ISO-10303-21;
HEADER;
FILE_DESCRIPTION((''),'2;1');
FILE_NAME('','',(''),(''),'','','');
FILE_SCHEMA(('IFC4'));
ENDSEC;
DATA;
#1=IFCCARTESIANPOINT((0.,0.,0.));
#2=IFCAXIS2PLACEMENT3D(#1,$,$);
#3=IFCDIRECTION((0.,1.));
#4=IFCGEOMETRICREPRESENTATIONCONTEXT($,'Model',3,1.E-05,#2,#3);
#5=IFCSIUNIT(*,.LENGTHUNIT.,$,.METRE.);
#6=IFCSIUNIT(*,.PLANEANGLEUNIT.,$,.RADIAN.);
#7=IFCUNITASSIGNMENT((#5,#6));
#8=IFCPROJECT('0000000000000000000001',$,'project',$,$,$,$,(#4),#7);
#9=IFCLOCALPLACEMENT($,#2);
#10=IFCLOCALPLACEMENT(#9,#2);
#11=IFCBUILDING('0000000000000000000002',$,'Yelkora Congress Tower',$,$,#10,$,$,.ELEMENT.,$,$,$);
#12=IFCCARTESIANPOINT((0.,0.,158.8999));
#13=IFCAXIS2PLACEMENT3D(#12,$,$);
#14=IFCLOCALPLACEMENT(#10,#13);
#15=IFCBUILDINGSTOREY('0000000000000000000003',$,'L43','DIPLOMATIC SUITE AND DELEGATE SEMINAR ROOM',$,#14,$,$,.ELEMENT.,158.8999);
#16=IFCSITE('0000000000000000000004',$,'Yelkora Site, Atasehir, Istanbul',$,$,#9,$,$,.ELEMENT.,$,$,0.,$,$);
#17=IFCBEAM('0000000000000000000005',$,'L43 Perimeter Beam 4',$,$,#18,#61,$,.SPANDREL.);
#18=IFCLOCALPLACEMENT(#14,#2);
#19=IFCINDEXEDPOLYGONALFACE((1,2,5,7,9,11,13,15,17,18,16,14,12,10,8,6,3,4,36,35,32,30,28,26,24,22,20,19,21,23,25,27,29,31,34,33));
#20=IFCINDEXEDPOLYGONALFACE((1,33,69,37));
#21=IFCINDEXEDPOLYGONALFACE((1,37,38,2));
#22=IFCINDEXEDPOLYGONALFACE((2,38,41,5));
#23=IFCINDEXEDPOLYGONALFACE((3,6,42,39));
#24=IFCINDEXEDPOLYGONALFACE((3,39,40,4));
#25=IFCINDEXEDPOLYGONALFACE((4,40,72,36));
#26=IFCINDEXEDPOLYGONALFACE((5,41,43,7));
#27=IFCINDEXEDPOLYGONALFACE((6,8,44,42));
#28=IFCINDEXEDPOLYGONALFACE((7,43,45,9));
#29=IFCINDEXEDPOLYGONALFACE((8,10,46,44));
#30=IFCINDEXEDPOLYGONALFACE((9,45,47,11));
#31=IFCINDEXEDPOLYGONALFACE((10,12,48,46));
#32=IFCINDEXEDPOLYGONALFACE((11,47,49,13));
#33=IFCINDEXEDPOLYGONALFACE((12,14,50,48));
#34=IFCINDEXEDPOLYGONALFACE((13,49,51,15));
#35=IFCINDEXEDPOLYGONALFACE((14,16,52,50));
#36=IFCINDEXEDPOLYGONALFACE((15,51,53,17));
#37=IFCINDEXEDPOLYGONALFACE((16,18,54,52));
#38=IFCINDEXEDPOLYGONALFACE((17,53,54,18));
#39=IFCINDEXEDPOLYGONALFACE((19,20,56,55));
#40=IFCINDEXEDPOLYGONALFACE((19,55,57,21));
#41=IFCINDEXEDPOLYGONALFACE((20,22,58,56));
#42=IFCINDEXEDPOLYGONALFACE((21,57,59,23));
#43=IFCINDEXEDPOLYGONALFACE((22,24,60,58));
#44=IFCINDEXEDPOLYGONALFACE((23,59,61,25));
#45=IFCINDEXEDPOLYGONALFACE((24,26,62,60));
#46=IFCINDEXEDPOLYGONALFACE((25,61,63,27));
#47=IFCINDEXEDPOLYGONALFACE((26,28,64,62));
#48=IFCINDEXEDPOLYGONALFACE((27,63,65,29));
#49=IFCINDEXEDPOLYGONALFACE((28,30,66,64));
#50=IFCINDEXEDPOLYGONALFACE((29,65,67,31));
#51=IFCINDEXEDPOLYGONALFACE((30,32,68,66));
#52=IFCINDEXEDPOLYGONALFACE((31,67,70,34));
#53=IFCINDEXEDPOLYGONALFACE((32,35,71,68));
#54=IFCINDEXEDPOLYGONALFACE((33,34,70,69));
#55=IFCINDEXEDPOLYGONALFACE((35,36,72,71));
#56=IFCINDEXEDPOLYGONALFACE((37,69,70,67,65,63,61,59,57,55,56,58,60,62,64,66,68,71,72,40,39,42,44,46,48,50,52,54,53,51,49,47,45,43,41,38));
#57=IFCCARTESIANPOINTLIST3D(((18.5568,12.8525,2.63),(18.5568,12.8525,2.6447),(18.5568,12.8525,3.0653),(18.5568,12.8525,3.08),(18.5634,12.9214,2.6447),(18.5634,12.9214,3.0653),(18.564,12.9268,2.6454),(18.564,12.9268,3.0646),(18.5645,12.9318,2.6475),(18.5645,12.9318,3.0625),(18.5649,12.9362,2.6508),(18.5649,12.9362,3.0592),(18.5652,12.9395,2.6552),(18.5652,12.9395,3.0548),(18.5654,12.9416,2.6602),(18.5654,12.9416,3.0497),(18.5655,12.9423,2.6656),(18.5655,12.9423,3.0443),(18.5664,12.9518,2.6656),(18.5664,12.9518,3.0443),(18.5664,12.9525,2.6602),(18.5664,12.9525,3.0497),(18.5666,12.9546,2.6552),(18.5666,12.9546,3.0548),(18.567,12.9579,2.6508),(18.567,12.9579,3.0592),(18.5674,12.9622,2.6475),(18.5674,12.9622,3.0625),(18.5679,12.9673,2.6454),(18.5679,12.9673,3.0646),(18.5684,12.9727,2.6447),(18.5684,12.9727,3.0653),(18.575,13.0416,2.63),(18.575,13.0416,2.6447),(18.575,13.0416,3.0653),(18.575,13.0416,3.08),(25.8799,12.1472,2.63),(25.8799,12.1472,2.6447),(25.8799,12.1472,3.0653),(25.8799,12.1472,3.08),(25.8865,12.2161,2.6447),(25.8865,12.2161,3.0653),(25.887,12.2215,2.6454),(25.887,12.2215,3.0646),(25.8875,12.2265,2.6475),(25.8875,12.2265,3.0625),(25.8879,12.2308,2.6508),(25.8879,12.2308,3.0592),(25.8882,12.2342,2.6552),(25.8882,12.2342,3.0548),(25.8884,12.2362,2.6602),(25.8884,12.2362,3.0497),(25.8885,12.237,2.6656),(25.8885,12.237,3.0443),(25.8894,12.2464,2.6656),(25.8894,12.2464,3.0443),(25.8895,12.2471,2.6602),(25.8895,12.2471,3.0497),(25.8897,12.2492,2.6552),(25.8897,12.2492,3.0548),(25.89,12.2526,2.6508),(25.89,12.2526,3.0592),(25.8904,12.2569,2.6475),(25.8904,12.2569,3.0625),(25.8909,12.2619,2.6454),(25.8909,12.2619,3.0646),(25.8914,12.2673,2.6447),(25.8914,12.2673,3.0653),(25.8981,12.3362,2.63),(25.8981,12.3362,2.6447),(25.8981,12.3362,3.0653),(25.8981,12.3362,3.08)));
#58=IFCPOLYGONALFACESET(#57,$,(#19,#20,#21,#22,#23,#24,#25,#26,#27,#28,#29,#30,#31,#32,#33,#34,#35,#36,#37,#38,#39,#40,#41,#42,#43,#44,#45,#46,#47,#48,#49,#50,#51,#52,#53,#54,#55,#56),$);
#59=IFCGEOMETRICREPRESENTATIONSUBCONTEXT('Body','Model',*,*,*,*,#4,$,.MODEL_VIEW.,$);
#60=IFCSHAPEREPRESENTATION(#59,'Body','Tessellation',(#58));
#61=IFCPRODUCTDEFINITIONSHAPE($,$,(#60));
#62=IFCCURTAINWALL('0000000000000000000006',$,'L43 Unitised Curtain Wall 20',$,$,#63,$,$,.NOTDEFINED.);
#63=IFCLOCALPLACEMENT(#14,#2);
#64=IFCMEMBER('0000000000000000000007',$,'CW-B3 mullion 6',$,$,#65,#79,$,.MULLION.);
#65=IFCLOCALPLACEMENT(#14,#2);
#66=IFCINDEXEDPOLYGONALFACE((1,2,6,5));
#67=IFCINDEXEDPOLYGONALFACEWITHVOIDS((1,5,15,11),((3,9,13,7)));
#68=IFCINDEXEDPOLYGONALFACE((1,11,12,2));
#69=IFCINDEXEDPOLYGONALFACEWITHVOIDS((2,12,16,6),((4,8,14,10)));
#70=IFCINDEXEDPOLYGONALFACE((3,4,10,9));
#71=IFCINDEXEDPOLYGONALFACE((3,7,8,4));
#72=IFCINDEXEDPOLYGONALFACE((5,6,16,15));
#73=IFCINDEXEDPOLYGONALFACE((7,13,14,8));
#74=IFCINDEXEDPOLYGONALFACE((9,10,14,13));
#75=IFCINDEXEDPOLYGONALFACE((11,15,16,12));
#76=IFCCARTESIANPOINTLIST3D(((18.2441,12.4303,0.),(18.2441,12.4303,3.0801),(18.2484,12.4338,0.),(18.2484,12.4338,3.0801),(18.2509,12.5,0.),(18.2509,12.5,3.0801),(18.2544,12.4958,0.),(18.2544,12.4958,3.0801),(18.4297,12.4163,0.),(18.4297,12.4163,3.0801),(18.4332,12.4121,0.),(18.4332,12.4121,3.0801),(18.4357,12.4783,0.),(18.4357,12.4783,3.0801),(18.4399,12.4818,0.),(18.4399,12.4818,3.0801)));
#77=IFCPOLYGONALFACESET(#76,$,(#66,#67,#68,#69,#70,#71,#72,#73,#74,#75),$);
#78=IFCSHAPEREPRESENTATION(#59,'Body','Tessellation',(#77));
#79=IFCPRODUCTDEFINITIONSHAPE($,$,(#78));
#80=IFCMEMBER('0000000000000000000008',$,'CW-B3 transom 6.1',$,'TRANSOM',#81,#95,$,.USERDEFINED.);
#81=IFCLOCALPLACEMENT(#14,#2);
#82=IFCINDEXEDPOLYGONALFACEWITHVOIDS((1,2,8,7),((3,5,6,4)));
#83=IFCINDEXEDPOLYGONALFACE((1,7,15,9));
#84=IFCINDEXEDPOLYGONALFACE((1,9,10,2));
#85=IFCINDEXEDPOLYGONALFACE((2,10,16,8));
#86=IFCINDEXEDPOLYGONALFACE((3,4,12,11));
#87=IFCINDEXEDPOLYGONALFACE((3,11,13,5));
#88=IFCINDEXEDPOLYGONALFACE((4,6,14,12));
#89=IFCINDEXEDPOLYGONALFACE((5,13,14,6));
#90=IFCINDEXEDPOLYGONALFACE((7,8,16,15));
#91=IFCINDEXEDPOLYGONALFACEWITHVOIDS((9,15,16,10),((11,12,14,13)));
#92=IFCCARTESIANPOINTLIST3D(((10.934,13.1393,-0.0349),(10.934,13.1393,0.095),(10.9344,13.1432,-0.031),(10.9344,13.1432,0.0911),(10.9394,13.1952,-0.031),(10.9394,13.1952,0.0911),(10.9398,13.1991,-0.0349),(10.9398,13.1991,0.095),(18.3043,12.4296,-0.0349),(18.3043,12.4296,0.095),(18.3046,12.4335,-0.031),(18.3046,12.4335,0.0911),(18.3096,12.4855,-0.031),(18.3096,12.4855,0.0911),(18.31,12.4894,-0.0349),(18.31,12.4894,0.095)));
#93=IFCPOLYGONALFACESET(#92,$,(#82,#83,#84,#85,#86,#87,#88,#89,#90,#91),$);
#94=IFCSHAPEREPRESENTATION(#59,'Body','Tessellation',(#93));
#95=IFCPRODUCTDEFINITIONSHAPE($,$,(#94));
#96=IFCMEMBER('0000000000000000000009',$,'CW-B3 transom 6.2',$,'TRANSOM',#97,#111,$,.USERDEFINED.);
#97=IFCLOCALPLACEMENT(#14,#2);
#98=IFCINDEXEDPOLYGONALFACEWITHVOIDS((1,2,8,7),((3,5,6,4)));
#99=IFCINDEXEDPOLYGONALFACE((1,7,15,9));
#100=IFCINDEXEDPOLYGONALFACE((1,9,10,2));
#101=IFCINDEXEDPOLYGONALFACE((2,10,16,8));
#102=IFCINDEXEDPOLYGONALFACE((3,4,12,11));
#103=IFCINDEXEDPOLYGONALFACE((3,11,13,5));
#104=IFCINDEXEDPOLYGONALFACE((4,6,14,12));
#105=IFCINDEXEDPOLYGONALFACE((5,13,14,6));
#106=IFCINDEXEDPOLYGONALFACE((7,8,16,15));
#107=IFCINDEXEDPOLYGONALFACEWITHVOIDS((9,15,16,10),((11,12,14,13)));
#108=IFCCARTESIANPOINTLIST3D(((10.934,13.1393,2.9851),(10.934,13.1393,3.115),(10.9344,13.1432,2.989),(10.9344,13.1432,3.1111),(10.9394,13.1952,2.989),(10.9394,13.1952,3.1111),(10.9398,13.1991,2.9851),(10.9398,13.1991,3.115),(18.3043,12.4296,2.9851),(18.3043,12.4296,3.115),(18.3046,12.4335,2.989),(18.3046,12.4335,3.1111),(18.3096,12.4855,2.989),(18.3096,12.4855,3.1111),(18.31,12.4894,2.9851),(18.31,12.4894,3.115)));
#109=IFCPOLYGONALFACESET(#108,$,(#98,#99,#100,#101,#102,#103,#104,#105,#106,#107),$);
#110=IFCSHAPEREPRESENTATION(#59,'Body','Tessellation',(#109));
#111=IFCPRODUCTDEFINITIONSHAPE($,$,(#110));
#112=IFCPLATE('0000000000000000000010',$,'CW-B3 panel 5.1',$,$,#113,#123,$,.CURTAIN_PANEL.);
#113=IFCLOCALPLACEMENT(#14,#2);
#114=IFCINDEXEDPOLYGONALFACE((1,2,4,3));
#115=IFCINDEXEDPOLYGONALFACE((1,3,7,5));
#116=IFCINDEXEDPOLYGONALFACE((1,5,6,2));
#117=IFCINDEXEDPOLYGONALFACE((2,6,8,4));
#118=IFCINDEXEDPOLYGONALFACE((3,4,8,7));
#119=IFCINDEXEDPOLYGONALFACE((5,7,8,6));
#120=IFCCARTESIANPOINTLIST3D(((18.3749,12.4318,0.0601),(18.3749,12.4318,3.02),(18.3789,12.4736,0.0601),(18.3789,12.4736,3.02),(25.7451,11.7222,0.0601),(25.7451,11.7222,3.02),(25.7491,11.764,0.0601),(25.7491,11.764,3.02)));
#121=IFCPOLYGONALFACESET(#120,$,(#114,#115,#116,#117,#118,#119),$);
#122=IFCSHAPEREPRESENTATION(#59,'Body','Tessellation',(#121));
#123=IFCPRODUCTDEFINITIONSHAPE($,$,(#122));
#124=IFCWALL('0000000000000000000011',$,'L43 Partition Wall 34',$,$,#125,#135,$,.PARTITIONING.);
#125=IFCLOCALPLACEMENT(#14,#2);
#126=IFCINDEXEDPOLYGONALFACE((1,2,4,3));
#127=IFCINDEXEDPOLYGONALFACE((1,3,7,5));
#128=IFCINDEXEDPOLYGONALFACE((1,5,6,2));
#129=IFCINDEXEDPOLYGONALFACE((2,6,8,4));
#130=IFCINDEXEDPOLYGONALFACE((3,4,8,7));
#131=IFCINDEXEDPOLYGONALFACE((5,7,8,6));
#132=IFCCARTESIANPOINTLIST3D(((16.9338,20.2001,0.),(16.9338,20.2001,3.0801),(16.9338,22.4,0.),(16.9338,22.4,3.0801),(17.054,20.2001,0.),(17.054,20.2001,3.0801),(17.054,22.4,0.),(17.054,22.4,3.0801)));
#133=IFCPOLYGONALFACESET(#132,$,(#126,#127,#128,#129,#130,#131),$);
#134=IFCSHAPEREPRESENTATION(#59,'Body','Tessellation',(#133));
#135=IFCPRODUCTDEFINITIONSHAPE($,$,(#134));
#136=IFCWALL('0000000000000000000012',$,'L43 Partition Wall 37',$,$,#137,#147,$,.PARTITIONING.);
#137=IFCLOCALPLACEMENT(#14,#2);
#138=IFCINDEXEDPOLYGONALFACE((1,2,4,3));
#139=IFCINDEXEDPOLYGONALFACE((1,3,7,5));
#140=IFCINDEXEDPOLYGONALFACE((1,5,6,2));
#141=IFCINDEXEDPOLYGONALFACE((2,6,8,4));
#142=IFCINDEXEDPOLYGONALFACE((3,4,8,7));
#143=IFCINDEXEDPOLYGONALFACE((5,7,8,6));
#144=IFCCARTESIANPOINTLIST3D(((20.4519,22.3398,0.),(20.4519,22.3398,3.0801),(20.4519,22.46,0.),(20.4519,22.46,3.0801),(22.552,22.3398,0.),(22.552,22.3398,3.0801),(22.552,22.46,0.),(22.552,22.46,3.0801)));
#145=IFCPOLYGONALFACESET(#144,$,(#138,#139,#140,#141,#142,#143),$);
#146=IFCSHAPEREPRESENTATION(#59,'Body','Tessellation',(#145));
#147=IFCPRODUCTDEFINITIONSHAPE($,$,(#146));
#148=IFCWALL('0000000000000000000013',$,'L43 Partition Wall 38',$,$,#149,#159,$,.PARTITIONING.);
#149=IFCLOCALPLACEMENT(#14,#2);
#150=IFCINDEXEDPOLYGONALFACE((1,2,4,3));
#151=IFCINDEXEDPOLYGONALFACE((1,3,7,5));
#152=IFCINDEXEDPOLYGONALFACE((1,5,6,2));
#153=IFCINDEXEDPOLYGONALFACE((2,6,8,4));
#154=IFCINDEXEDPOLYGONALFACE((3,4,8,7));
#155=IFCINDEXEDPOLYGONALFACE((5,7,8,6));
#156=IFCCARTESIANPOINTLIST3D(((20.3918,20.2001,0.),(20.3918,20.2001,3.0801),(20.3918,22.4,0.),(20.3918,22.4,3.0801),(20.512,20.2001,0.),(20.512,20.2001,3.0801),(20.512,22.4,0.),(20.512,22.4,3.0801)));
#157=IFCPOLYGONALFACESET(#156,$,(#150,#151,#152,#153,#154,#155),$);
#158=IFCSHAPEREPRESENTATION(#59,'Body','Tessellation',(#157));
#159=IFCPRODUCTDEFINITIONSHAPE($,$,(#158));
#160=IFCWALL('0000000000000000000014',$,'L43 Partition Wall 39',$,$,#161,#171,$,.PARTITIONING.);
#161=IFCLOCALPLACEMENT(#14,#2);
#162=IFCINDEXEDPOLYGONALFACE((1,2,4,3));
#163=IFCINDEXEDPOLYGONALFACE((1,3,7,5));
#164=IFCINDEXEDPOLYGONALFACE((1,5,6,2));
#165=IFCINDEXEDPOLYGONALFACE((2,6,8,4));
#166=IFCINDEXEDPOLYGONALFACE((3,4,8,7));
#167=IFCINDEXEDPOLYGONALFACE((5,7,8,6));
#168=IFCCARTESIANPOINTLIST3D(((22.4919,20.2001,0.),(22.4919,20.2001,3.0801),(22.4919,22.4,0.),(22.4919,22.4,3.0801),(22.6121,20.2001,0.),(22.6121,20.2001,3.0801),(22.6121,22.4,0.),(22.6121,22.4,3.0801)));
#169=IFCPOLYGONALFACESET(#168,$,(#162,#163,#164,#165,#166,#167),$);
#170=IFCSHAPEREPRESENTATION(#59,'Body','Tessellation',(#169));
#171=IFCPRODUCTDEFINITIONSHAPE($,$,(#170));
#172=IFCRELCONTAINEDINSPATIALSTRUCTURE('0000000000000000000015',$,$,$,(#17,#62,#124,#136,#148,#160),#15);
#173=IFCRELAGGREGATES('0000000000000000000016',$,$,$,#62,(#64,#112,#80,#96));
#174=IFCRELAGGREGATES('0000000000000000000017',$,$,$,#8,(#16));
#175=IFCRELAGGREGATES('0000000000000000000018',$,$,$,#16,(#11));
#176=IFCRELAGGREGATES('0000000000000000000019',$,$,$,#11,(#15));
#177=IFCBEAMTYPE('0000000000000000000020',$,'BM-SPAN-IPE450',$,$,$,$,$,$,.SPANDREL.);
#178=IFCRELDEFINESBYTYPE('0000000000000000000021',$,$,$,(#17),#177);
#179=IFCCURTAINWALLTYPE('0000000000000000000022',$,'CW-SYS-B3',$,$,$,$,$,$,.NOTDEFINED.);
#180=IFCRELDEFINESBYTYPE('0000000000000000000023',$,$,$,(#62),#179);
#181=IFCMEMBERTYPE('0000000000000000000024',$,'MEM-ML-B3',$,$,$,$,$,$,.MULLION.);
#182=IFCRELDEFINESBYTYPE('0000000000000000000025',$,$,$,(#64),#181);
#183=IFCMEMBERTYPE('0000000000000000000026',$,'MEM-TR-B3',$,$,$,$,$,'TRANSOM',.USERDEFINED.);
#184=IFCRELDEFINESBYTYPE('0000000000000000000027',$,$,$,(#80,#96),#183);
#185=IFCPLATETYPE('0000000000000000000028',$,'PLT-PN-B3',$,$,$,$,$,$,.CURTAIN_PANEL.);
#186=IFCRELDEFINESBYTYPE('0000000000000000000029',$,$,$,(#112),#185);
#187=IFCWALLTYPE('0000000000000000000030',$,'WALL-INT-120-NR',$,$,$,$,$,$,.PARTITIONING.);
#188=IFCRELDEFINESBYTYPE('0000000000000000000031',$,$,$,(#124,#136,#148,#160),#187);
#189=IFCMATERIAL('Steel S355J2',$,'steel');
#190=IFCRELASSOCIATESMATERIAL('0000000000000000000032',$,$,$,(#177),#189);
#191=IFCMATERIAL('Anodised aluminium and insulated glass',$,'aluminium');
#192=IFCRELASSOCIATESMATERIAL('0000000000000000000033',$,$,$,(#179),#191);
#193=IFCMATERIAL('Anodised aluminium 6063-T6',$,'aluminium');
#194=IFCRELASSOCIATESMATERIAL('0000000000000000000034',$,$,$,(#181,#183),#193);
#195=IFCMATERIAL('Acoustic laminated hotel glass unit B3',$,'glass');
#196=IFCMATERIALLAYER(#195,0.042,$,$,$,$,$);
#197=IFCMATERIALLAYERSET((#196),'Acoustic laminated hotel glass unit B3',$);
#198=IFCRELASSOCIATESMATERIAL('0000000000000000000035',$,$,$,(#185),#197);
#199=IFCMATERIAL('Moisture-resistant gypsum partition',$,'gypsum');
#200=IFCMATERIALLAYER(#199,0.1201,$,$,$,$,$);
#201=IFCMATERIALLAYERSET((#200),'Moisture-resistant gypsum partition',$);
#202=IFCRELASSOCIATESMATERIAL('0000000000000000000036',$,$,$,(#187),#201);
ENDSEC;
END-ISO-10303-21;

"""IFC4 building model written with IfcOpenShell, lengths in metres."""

from ifc_helpers import new_model, si_unit, direction, frame, frame_2d, origin, origin_2d, place, context, subcontext, project, spatial, rectangle, hollow_rectangle, i_section, extrude, material, layer, layer_set, material_profile, profile_set, type_object, element, aggregate, save


model = new_model("IFC4")

# Units and contexts
model_context = context("Model", 3, precision=1e-05, world=origin(), true_north=direction((0.0, 1.0)))
body_context = subcontext(model_context, "Body", "Model", "MODEL_VIEW")
ifc_project = project(units=[si_unit("LENGTHUNIT", "METRE"), si_unit("PLANEANGLEUNIT", "RADIAN")], contexts=[model_context])

# Site, building, storey
site_placement = place(None, origin())
site = spatial("IfcSite", under=ifc_project, at=site_placement, Name="Yelkora Site, Atasehir, Istanbul", CompositionType="ELEMENT", RefElevation=0.0)
building_placement = place(site_placement, origin())
building = spatial("IfcBuilding", under=site, at=building_placement, Name="Yelkora Congress Tower", CompositionType="ELEMENT")
storey_placement = place(building_placement, frame((0.0, 0.0, 158.8999)))
storey = spatial("IfcBuildingStorey", under=building, at=storey_placement, Name="L43", Description="DIPLOMATIC SUITE AND DELEGATE SEMINAR ROOM", CompositionType="ELEMENT", Elevation=158.8999)

# Beam
ifc_material_1 = material(Name="Steel S355J2", Category="steel")
ifc_material_profile_1 = material_profile(ifc_material_1, i_section(OverallWidth=0.1899, OverallDepth=0.45, WebThickness=0.0095, FlangeThickness=0.0146, FilletRadius=0.021, at=origin_2d()), Name="IPE 450")
ifc_profile_set_1 = profile_set([ifc_material_profile_1], Name="Steel S355J2")
beam_type_1 = type_object("IfcBeamType", Name="BM-SPAN-IPE450", PredefinedType="SPANDREL", material=ifc_profile_set_1)
beam_1_placement = place(storey_placement, frame((18.5659, 12.947, 2.855), z_axis=(0.995394, -0.095872, 0.0), x_axis=(0.095872, 0.995394, 0.0)))
element("IfcBeam", 1, at=beam_1_placement, inside=storey, type_object=beam_type_1, Name="L43 Perimeter Beam 4", PredefinedType="SPANDREL", context=body_context, shape_type="SweptSolid", body=[
    extrude(i_section(OverallWidth=0.1899, OverallDepth=0.45, WebThickness=0.0095, FlangeThickness=0.0146, FilletRadius=0.021, at=origin_2d()), origin(), (0.0, 0.0, 1.0), 7.3569),
])

# Curtain wall, members, plate
ifc_material_2 = material(Name="Anodised aluminium and insulated glass", Category="aluminium")
curtain_wall_type = type_object("IfcCurtainWallType", Name="CW-SYS-B3", PredefinedType="NOTDEFINED", material=ifc_material_2)
curtain_wall_placement = place(storey_placement, origin())
curtain_wall = element("IfcCurtainWall", 2, at=curtain_wall_placement, inside=storey, type_object=curtain_wall_type, Name="L43 Unitised Curtain Wall 20", PredefinedType="NOTDEFINED")
ifc_material_3 = material(Name="Anodised aluminium 6063-T6", Category="aluminium")
ifc_material_profile_2 = material_profile(ifc_material_3, hollow_rectangle(XDim=0.0701, YDim=0.1899, WallThickness=0.0039, at=origin_2d()), Name="ALU 70x190x4")
ifc_profile_set_2 = profile_set([ifc_material_profile_2], Name="Anodised aluminium 6063-T6")
member_type_1 = type_object("IfcMemberType", Name="MEM-ML-B3", PredefinedType="MULLION", material=ifc_profile_set_2)
member_1_placement = place(storey_placement, frame((18.342, 12.4561, 0.0), z_axis=(0.0, 0.0, 1.0), x_axis=(-0.095845, -0.995396, 0.0)))
member_1 = element("IfcMember", 3, at=member_1_placement, type_object=member_type_1, Name="CW-B3 mullion 6", PredefinedType="MULLION", context=body_context, shape_type="SweptSolid", body=[
    extrude(hollow_rectangle(XDim=0.0701, YDim=0.1899, WallThickness=0.0039, at=origin_2d()), origin(), (0.0, 0.0, 1.0), 3.0801),
])
ifc_material_profile_3 = material_profile(ifc_material_3, hollow_rectangle(XDim=0.0601, YDim=0.1299, WallThickness=0.0039, at=origin_2d()), Name="ALU 60x130x4")
ifc_profile_set_3 = profile_set([ifc_material_profile_3], Name="Anodised aluminium 6063-T6")
member_type_2 = type_object("IfcMemberType", Name="MEM-TR-B3", ElementType="TRANSOM", PredefinedType="USERDEFINED", material=ifc_profile_set_3)
member_2_placement = place(storey_placement, frame((18.3071, 12.4595, 0.03), z_axis=(-0.995395, 0.095853, 0.0), x_axis=(-0.095853, -0.995395, 0.0)))
member_2 = element("IfcMember", 4, at=member_2_placement, type_object=member_type_2, Name="CW-B3 transom 6.1", ObjectType="TRANSOM", PredefinedType="USERDEFINED", context=body_context, shape_type="SweptSolid", body=[
    extrude(hollow_rectangle(XDim=0.0601, YDim=0.1299, WallThickness=0.0039, at=origin_2d()), origin(), (0.0, 0.0, 1.0), 7.4043),
])
member_3_placement = place(storey_placement, frame((18.3071, 12.4595, 3.05), z_axis=(-0.995395, 0.095853, 0.0), x_axis=(-0.095853, -0.995395, 0.0)))
member_3 = element("IfcMember", 5, at=member_3_placement, type_object=member_type_2, Name="CW-B3 transom 6.2", ObjectType="TRANSOM", PredefinedType="USERDEFINED", context=body_context, shape_type="SweptSolid", body=[
    extrude(hollow_rectangle(XDim=0.0601, YDim=0.1299, WallThickness=0.0039, at=origin_2d()), origin(), (0.0, 0.0, 1.0), 7.4043),
])
ifc_material_4 = material(Name="Acoustic laminated hotel glass unit B3", Category="glass")
ifc_layer_1 = layer(ifc_material_4, 0.042)
ifc_layer_set_1 = layer_set([ifc_layer_1], Name="Acoustic laminated hotel glass unit B3")
plate_type = type_object("IfcPlateType", Name="PLT-PN-B3", PredefinedType="CURTAIN_PANEL", material=ifc_layer_set_1)
plate_placement = place(storey_placement, frame((22.062, 12.0979, 0.0601), z_axis=(0.0, 0.0, 1.0), x_axis=(-0.995396, 0.095845, 0.0)))
plate = element("IfcPlate", 6, at=plate_placement, type_object=plate_type, Name="CW-B3 panel 5.1", PredefinedType="CURTAIN_PANEL", context=body_context, shape_type="SweptSolid", body=[
    extrude(rectangle(XDim=7.4043, YDim=0.042, at=origin_2d()), origin(), (0.0, 0.0, 1.0), 2.96),
])
aggregate(curtain_wall, [member_1, plate, member_2, member_3])

# Walls
ifc_material_5 = material(Name="Moisture-resistant gypsum partition", Category="gypsum")
ifc_layer_2 = layer(ifc_material_5, 0.1201)
ifc_layer_set_2 = layer_set([ifc_layer_2], Name="Moisture-resistant gypsum partition")
wall_type_1 = type_object("IfcWallType", Name="WALL-INT-120-NR", PredefinedType="PARTITIONING", material=ifc_layer_set_2)
wall_1_placement = place(storey_placement, frame((16.9939, 20.2, 0.0), z_axis=(0.0, 0.0, 1.0), x_axis=(0.0, 1.0, 0.0)))
element("IfcWall", 7, at=wall_1_placement, inside=storey, type_object=wall_type_1, Name="L43 Partition Wall 34", PredefinedType="PARTITIONING", context=body_context, shape_type="SweptSolid", body=[
    extrude(rectangle(XDim=2.2, YDim=0.1201, at=frame_2d((1.1001, 0.0))), origin(), (0.0, 0.0, 1.0), 3.0801),
])
wall_2_placement = place(storey_placement, frame((20.4519, 22.3999, 0.0), z_axis=(0.0, 0.0, 1.0), x_axis=(1.0, 0.0, 0.0)))
element("IfcWall", 8, at=wall_2_placement, inside=storey, type_object=wall_type_1, Name="L43 Partition Wall 37", PredefinedType="PARTITIONING", context=body_context, shape_type="SweptSolid", body=[
    extrude(rectangle(XDim=2.1001, YDim=0.1201, at=frame_2d((1.05, 0.0))), origin(), (0.0, 0.0, 1.0), 3.0801),
])
for number, where, z_axis, x_axis, name in (
    (9, (20.4519, 20.2, 0.0), (0.0, 0.0, 1.0), (0.0, 1.0, 0.0), "L43 Partition Wall 38"),
    (10, (22.552, 20.2, 0.0), (0.0, 0.0, 1.0), (0.0, 1.0, 0.0), "L43 Partition Wall 39"),
):
    element("IfcWall", number, at=place(storey_placement, frame(where, z_axis=z_axis, x_axis=x_axis)), inside=storey, type_object=wall_type_1, Name=name, PredefinedType="PARTITIONING", context=body_context, shape_type="SweptSolid", body=[
        extrude(rectangle(XDim=2.2, YDim=0.1201, at=frame_2d((1.1001, 0.0))), origin(), (0.0, 0.0, 1.0), 3.0801),
    ])

save(model, "model.ifc")
